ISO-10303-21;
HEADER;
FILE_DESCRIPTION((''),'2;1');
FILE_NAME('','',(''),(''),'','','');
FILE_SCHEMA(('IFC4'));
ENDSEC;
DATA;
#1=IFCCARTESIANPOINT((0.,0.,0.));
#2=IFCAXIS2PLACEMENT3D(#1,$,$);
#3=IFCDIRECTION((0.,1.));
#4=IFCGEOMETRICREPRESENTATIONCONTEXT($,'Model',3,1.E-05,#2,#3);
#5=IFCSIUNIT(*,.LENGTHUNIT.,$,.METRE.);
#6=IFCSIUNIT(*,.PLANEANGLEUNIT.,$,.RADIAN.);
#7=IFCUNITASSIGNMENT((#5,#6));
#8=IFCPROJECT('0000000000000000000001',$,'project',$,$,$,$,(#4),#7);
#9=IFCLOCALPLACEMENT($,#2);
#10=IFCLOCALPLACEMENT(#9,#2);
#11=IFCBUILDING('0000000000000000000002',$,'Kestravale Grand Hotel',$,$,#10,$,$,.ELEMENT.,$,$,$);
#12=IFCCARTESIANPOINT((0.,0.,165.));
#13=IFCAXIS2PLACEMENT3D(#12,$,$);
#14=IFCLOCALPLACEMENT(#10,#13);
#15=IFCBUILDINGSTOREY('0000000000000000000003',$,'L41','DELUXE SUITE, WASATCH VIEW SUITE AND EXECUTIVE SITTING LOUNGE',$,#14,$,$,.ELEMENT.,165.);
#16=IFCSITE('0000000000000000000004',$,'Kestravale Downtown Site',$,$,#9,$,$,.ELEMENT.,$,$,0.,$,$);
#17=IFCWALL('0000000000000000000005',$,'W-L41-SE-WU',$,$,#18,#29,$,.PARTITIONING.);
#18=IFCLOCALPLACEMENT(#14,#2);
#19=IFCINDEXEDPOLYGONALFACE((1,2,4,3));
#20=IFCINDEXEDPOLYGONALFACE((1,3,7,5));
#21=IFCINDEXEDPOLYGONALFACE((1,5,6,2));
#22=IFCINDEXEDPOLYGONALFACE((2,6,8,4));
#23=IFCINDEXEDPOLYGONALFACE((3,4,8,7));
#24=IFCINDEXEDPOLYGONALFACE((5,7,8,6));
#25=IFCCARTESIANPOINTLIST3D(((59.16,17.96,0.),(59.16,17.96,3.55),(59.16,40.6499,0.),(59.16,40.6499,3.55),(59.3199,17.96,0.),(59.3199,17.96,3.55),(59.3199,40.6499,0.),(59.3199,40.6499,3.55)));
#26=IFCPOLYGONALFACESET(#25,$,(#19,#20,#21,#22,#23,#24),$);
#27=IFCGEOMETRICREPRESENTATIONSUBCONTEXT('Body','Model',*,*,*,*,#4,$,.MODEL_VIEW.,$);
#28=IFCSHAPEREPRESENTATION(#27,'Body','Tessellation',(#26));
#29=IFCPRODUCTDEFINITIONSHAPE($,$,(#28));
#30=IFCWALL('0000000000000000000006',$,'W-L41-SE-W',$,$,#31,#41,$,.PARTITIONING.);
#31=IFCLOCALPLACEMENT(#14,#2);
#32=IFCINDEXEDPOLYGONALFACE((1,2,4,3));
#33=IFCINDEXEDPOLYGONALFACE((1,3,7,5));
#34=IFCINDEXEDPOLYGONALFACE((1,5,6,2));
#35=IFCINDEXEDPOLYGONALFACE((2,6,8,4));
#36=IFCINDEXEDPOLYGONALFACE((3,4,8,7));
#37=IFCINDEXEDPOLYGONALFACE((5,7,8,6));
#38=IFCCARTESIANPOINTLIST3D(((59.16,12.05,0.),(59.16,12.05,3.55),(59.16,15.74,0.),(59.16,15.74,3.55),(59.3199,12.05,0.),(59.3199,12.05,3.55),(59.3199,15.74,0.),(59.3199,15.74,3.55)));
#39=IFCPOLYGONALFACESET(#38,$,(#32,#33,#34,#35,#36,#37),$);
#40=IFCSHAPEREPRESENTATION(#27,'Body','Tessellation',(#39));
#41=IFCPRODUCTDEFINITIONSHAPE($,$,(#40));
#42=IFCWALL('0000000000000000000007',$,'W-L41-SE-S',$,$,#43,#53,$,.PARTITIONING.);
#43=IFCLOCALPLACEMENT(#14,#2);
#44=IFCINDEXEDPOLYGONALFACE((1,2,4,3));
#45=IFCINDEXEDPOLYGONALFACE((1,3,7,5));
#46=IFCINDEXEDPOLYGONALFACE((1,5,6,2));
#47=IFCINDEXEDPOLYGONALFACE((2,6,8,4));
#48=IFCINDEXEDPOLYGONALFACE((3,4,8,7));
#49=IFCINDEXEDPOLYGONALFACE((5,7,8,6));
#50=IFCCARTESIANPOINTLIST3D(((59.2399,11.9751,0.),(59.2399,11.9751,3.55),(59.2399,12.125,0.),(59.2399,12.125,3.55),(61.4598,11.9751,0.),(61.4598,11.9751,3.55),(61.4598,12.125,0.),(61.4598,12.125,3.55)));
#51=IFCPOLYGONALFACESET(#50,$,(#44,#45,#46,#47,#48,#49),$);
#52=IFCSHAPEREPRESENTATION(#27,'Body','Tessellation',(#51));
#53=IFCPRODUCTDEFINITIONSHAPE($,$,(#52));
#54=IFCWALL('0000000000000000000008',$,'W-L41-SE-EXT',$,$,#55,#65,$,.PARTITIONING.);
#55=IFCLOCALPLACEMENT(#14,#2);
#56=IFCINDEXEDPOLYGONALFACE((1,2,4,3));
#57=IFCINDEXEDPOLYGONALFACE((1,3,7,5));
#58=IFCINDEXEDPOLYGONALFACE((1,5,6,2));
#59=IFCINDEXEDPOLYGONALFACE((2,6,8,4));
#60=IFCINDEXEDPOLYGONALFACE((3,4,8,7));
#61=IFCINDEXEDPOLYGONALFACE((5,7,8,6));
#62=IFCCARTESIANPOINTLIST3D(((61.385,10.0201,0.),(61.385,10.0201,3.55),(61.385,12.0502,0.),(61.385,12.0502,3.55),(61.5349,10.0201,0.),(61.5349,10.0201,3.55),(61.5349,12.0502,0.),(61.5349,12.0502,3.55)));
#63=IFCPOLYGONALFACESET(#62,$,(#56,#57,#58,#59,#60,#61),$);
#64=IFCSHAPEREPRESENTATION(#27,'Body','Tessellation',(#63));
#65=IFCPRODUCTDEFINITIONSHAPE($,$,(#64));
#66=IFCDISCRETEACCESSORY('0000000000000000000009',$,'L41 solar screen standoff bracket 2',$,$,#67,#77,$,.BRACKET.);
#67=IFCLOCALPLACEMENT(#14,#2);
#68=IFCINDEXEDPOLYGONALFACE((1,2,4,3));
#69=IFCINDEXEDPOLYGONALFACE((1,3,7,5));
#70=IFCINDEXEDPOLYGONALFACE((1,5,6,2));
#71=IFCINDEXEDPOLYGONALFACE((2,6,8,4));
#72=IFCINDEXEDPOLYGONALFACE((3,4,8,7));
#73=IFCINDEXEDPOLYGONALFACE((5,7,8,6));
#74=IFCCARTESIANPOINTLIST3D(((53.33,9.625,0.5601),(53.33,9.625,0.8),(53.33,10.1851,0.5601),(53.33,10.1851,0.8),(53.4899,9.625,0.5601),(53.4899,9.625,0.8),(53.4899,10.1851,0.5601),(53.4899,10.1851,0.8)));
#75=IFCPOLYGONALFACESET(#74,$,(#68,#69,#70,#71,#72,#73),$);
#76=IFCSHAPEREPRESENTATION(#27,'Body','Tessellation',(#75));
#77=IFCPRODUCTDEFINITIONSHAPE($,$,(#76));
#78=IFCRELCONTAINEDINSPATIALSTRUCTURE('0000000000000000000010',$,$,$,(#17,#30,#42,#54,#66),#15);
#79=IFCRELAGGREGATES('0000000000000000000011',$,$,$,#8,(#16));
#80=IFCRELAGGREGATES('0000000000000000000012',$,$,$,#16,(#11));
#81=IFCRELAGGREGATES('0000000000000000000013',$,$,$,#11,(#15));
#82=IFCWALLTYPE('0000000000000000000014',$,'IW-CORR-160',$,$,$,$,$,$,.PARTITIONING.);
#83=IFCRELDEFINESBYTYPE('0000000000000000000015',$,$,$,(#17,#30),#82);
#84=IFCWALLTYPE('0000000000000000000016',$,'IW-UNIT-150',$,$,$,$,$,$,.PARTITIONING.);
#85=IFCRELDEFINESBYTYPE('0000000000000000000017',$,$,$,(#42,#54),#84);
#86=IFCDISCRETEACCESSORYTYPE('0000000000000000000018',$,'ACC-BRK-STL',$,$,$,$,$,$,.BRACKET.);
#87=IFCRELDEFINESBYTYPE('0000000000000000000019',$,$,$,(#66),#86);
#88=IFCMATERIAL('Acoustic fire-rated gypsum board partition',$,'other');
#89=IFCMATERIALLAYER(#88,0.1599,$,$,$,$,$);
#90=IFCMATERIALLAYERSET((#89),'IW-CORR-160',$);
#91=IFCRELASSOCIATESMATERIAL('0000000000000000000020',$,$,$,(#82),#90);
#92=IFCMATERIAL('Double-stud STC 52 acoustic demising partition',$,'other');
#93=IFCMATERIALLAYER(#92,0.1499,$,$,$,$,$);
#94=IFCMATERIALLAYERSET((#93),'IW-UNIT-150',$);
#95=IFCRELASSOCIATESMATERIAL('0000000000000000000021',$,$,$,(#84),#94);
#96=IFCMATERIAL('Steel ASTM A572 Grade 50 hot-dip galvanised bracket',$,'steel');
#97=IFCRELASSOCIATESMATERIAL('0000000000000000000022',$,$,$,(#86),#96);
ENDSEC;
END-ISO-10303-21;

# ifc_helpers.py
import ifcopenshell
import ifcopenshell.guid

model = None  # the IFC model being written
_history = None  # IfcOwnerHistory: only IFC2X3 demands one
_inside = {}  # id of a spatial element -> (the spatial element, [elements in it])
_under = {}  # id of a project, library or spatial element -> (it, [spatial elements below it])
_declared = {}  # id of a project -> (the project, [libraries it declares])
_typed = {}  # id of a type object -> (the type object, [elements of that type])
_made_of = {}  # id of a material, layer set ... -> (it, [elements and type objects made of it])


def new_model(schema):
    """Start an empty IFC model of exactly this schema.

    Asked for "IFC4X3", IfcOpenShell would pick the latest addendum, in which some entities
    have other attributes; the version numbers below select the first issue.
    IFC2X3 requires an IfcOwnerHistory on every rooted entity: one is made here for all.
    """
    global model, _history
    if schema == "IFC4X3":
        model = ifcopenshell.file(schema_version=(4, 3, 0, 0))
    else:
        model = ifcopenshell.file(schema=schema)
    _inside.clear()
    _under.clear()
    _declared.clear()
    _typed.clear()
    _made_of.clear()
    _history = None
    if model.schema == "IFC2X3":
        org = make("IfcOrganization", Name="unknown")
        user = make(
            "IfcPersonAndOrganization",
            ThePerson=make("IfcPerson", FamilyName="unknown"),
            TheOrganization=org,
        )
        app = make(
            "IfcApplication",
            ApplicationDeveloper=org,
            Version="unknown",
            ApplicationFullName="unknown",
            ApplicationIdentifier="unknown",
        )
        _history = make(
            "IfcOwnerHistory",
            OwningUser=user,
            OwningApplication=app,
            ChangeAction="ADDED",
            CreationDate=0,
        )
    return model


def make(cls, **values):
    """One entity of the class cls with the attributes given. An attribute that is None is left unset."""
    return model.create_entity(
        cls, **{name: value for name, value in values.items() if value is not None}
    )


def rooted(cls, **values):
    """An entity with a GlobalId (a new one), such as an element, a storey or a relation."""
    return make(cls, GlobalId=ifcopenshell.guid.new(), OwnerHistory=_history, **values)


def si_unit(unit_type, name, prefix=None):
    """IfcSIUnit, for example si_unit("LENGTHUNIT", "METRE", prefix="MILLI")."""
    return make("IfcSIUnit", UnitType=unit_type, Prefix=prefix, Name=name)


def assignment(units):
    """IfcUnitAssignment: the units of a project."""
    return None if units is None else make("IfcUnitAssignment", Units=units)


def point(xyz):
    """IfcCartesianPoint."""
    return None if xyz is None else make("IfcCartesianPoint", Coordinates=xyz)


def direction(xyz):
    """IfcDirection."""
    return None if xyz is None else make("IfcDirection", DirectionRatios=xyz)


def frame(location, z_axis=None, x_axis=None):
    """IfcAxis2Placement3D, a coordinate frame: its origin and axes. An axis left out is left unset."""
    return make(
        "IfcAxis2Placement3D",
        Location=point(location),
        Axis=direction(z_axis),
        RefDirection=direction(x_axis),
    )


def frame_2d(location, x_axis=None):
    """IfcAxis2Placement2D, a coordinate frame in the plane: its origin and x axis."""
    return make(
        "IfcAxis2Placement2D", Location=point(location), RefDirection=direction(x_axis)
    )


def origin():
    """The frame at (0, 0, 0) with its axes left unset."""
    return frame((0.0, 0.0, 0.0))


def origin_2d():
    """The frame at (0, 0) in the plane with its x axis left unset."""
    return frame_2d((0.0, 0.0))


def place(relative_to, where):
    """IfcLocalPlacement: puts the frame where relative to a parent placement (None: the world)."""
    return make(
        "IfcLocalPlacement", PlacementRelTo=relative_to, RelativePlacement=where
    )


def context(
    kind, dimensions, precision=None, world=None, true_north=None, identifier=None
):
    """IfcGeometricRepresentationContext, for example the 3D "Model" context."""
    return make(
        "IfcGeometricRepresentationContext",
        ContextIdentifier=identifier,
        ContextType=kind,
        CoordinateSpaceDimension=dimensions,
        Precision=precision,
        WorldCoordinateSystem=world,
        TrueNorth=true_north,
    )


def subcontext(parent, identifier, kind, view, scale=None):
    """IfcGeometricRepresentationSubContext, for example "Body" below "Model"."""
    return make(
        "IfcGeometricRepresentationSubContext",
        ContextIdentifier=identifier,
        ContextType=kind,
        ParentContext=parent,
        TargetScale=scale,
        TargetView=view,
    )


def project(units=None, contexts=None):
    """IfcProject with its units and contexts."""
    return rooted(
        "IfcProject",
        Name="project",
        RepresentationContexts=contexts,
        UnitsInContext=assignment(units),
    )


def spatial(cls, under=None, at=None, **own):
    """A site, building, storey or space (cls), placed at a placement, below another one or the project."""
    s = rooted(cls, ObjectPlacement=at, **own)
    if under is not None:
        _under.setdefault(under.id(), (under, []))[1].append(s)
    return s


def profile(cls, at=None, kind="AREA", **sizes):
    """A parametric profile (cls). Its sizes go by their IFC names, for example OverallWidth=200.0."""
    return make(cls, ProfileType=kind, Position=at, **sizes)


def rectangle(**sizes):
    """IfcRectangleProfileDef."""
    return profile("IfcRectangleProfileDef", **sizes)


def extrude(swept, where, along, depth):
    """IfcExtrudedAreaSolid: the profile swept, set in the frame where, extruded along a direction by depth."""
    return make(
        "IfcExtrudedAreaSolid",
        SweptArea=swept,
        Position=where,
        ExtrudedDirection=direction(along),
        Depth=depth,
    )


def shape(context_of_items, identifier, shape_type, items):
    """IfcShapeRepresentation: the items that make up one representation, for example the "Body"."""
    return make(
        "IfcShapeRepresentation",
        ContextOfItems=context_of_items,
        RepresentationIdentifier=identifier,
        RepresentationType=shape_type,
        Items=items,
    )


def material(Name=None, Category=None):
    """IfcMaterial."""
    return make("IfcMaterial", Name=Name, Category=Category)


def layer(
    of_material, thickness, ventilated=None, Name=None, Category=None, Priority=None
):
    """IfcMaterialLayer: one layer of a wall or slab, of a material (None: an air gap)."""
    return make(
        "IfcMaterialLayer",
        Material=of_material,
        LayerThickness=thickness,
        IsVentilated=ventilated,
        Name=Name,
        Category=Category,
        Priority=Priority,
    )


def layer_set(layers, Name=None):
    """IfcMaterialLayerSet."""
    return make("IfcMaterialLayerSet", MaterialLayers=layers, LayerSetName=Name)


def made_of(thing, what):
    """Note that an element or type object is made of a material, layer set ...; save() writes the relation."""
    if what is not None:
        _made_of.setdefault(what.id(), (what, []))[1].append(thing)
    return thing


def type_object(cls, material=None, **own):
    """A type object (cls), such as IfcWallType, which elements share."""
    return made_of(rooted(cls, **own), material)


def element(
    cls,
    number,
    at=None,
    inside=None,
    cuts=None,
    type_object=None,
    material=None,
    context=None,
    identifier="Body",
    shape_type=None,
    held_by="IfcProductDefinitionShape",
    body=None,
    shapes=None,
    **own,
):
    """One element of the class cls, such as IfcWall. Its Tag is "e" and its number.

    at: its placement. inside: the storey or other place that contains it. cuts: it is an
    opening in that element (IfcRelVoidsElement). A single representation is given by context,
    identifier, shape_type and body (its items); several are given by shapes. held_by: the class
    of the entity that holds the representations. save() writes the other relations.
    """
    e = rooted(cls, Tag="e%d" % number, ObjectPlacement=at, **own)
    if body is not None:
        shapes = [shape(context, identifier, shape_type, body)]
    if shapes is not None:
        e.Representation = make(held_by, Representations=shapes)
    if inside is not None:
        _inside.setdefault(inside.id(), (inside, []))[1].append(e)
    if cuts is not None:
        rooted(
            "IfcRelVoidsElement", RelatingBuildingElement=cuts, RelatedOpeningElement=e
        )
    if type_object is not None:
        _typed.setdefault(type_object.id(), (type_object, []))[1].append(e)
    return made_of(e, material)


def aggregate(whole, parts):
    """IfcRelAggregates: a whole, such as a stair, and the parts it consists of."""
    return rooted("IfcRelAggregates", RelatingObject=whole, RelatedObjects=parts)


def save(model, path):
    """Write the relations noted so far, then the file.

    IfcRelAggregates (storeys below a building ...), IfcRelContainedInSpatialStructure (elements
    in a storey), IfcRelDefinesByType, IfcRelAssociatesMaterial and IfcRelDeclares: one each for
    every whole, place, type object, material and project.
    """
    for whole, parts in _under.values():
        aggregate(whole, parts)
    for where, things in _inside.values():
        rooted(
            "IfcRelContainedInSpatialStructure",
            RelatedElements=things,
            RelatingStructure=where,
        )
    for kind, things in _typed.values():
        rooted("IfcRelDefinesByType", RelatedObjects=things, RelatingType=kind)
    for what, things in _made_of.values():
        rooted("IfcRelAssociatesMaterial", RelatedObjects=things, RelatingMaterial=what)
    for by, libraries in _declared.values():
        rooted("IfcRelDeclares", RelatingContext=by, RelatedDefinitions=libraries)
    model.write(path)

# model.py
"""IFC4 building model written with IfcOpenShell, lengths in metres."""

from ifc_helpers import new_model, si_unit, direction, frame, frame_2d, origin, origin_2d, place, context, subcontext, project, spatial, rectangle, extrude, material, layer, layer_set, type_object, element, save


model = new_model("IFC4")

# Units and contexts
model_context = context("Model", 3, precision=1e-05, world=origin(), true_north=direction((0.0, 1.0)))
body_context = subcontext(model_context, "Body", "Model", "MODEL_VIEW")
ifc_project = project(units=[si_unit("LENGTHUNIT", "METRE"), si_unit("PLANEANGLEUNIT", "RADIAN")], contexts=[model_context])

# Site, building, storey
site_placement = place(None, origin())
site = spatial("IfcSite", under=ifc_project, at=site_placement, Name="Kestravale Downtown Site", CompositionType="ELEMENT", RefElevation=0.0)
building_placement = place(site_placement, origin())
building = spatial("IfcBuilding", under=site, at=building_placement, Name="Kestravale Grand Hotel", CompositionType="ELEMENT")
storey_placement = place(building_placement, frame((0.0, 0.0, 165.0)))
storey = spatial("IfcBuildingStorey", under=building, at=storey_placement, Name="L41", Description="DELUXE SUITE, WASATCH VIEW SUITE AND EXECUTIVE SITTING LOUNGE", CompositionType="ELEMENT", Elevation=165.0)

# Shared definitions
ifc_material_1 = material(Name="Acoustic fire-rated gypsum board partition", Category="other")
ifc_layer_1 = layer(ifc_material_1, 0.1599)
ifc_layer_set_1 = layer_set([ifc_layer_1], Name="IW-CORR-160")
wall_type_1 = type_object("IfcWallType", Name="IW-CORR-160", PredefinedType="PARTITIONING", material=ifc_layer_set_1)

# Walls
wall_1_placement = place(storey_placement, frame((59.24, 17.96, 0.0), z_axis=(0.0, 0.0, 1.0), x_axis=(0.0, 1.0, 0.0)))
element("IfcWall", 1, at=wall_1_placement, inside=storey, type_object=wall_type_1, Name="W-L41-SE-WU", PredefinedType="PARTITIONING", context=body_context, shape_type="SweptSolid", body=[
    extrude(rectangle(XDim=22.6899, YDim=0.1599, at=frame_2d((11.345, 0.0))), origin(), (0.0, 0.0, 1.0), 3.55),
])
wall_2_placement = place(storey_placement, frame((59.24, 12.05, 0.0), z_axis=(0.0, 0.0, 1.0), x_axis=(0.0, 1.0, 0.0)))
element("IfcWall", 2, at=wall_2_placement, inside=storey, type_object=wall_type_1, Name="W-L41-SE-W", PredefinedType="PARTITIONING", context=body_context, shape_type="SweptSolid", body=[
    extrude(rectangle(XDim=3.6899, YDim=0.1599, at=frame_2d((1.845, 0.0))), origin(), (0.0, 0.0, 1.0), 3.55),
])
ifc_material_2 = material(Name="Double-stud STC 52 acoustic demising partition", Category="other")
ifc_layer_2 = layer(ifc_material_2, 0.1499)
ifc_layer_set_2 = layer_set([ifc_layer_2], Name="IW-UNIT-150")
wall_type_2 = type_object("IfcWallType", Name="IW-UNIT-150", PredefinedType="PARTITIONING", material=ifc_layer_set_2)
wall_3_placement = place(storey_placement, frame((59.24, 12.05, 0.0), z_axis=(0.0, 0.0, 1.0), x_axis=(1.0, 0.0, 0.0)))
element("IfcWall", 3, at=wall_3_placement, inside=storey, type_object=wall_type_2, Name="W-L41-SE-S", PredefinedType="PARTITIONING", context=body_context, shape_type="SweptSolid", body=[
    extrude(rectangle(XDim=2.22, YDim=0.1499, at=frame_2d((1.1099, 0.0))), origin(), (0.0, 0.0, 1.0), 3.55),
])
wall_4_placement = place(storey_placement, frame((61.46, 10.02, 0.0), z_axis=(0.0, 0.0, 1.0), x_axis=(0.0, 1.0, 0.0)))
element("IfcWall", 4, at=wall_4_placement, inside=storey, type_object=wall_type_2, Name="W-L41-SE-EXT", PredefinedType="PARTITIONING", context=body_context, shape_type="SweptSolid", body=[
    extrude(rectangle(XDim=2.03, YDim=0.1499, at=frame_2d((1.0151, 0.0))), origin(), (0.0, 0.0, 1.0), 3.55),
])

# Discrete accessory
ifc_material_3 = material(Name="Steel ASTM A572 Grade 50 hot-dip galvanised bracket", Category="steel")
discrete_accessory_type = type_object("IfcDiscreteAccessoryType", Name="ACC-BRK-STL", PredefinedType="BRACKET", material=ifc_material_3)
discrete_accessory_placement = place(storey_placement, frame((53.4099, 9.905, 0.5601), z_axis=(0.0, 0.0, 1.0), x_axis=(1.0, 0.0, 0.0)))
element("IfcDiscreteAccessory", 5, at=discrete_accessory_placement, inside=storey, type_object=discrete_accessory_type, Name="L41 solar screen standoff bracket 2", PredefinedType="BRACKET", context=body_context, shape_type="SweptSolid", body=[
    extrude(rectangle(XDim=0.1599, YDim=0.5601, at=origin_2d()), origin(), (0.0, 0.0, 1.0), 0.24),
])

save(model, "model.ifc")
